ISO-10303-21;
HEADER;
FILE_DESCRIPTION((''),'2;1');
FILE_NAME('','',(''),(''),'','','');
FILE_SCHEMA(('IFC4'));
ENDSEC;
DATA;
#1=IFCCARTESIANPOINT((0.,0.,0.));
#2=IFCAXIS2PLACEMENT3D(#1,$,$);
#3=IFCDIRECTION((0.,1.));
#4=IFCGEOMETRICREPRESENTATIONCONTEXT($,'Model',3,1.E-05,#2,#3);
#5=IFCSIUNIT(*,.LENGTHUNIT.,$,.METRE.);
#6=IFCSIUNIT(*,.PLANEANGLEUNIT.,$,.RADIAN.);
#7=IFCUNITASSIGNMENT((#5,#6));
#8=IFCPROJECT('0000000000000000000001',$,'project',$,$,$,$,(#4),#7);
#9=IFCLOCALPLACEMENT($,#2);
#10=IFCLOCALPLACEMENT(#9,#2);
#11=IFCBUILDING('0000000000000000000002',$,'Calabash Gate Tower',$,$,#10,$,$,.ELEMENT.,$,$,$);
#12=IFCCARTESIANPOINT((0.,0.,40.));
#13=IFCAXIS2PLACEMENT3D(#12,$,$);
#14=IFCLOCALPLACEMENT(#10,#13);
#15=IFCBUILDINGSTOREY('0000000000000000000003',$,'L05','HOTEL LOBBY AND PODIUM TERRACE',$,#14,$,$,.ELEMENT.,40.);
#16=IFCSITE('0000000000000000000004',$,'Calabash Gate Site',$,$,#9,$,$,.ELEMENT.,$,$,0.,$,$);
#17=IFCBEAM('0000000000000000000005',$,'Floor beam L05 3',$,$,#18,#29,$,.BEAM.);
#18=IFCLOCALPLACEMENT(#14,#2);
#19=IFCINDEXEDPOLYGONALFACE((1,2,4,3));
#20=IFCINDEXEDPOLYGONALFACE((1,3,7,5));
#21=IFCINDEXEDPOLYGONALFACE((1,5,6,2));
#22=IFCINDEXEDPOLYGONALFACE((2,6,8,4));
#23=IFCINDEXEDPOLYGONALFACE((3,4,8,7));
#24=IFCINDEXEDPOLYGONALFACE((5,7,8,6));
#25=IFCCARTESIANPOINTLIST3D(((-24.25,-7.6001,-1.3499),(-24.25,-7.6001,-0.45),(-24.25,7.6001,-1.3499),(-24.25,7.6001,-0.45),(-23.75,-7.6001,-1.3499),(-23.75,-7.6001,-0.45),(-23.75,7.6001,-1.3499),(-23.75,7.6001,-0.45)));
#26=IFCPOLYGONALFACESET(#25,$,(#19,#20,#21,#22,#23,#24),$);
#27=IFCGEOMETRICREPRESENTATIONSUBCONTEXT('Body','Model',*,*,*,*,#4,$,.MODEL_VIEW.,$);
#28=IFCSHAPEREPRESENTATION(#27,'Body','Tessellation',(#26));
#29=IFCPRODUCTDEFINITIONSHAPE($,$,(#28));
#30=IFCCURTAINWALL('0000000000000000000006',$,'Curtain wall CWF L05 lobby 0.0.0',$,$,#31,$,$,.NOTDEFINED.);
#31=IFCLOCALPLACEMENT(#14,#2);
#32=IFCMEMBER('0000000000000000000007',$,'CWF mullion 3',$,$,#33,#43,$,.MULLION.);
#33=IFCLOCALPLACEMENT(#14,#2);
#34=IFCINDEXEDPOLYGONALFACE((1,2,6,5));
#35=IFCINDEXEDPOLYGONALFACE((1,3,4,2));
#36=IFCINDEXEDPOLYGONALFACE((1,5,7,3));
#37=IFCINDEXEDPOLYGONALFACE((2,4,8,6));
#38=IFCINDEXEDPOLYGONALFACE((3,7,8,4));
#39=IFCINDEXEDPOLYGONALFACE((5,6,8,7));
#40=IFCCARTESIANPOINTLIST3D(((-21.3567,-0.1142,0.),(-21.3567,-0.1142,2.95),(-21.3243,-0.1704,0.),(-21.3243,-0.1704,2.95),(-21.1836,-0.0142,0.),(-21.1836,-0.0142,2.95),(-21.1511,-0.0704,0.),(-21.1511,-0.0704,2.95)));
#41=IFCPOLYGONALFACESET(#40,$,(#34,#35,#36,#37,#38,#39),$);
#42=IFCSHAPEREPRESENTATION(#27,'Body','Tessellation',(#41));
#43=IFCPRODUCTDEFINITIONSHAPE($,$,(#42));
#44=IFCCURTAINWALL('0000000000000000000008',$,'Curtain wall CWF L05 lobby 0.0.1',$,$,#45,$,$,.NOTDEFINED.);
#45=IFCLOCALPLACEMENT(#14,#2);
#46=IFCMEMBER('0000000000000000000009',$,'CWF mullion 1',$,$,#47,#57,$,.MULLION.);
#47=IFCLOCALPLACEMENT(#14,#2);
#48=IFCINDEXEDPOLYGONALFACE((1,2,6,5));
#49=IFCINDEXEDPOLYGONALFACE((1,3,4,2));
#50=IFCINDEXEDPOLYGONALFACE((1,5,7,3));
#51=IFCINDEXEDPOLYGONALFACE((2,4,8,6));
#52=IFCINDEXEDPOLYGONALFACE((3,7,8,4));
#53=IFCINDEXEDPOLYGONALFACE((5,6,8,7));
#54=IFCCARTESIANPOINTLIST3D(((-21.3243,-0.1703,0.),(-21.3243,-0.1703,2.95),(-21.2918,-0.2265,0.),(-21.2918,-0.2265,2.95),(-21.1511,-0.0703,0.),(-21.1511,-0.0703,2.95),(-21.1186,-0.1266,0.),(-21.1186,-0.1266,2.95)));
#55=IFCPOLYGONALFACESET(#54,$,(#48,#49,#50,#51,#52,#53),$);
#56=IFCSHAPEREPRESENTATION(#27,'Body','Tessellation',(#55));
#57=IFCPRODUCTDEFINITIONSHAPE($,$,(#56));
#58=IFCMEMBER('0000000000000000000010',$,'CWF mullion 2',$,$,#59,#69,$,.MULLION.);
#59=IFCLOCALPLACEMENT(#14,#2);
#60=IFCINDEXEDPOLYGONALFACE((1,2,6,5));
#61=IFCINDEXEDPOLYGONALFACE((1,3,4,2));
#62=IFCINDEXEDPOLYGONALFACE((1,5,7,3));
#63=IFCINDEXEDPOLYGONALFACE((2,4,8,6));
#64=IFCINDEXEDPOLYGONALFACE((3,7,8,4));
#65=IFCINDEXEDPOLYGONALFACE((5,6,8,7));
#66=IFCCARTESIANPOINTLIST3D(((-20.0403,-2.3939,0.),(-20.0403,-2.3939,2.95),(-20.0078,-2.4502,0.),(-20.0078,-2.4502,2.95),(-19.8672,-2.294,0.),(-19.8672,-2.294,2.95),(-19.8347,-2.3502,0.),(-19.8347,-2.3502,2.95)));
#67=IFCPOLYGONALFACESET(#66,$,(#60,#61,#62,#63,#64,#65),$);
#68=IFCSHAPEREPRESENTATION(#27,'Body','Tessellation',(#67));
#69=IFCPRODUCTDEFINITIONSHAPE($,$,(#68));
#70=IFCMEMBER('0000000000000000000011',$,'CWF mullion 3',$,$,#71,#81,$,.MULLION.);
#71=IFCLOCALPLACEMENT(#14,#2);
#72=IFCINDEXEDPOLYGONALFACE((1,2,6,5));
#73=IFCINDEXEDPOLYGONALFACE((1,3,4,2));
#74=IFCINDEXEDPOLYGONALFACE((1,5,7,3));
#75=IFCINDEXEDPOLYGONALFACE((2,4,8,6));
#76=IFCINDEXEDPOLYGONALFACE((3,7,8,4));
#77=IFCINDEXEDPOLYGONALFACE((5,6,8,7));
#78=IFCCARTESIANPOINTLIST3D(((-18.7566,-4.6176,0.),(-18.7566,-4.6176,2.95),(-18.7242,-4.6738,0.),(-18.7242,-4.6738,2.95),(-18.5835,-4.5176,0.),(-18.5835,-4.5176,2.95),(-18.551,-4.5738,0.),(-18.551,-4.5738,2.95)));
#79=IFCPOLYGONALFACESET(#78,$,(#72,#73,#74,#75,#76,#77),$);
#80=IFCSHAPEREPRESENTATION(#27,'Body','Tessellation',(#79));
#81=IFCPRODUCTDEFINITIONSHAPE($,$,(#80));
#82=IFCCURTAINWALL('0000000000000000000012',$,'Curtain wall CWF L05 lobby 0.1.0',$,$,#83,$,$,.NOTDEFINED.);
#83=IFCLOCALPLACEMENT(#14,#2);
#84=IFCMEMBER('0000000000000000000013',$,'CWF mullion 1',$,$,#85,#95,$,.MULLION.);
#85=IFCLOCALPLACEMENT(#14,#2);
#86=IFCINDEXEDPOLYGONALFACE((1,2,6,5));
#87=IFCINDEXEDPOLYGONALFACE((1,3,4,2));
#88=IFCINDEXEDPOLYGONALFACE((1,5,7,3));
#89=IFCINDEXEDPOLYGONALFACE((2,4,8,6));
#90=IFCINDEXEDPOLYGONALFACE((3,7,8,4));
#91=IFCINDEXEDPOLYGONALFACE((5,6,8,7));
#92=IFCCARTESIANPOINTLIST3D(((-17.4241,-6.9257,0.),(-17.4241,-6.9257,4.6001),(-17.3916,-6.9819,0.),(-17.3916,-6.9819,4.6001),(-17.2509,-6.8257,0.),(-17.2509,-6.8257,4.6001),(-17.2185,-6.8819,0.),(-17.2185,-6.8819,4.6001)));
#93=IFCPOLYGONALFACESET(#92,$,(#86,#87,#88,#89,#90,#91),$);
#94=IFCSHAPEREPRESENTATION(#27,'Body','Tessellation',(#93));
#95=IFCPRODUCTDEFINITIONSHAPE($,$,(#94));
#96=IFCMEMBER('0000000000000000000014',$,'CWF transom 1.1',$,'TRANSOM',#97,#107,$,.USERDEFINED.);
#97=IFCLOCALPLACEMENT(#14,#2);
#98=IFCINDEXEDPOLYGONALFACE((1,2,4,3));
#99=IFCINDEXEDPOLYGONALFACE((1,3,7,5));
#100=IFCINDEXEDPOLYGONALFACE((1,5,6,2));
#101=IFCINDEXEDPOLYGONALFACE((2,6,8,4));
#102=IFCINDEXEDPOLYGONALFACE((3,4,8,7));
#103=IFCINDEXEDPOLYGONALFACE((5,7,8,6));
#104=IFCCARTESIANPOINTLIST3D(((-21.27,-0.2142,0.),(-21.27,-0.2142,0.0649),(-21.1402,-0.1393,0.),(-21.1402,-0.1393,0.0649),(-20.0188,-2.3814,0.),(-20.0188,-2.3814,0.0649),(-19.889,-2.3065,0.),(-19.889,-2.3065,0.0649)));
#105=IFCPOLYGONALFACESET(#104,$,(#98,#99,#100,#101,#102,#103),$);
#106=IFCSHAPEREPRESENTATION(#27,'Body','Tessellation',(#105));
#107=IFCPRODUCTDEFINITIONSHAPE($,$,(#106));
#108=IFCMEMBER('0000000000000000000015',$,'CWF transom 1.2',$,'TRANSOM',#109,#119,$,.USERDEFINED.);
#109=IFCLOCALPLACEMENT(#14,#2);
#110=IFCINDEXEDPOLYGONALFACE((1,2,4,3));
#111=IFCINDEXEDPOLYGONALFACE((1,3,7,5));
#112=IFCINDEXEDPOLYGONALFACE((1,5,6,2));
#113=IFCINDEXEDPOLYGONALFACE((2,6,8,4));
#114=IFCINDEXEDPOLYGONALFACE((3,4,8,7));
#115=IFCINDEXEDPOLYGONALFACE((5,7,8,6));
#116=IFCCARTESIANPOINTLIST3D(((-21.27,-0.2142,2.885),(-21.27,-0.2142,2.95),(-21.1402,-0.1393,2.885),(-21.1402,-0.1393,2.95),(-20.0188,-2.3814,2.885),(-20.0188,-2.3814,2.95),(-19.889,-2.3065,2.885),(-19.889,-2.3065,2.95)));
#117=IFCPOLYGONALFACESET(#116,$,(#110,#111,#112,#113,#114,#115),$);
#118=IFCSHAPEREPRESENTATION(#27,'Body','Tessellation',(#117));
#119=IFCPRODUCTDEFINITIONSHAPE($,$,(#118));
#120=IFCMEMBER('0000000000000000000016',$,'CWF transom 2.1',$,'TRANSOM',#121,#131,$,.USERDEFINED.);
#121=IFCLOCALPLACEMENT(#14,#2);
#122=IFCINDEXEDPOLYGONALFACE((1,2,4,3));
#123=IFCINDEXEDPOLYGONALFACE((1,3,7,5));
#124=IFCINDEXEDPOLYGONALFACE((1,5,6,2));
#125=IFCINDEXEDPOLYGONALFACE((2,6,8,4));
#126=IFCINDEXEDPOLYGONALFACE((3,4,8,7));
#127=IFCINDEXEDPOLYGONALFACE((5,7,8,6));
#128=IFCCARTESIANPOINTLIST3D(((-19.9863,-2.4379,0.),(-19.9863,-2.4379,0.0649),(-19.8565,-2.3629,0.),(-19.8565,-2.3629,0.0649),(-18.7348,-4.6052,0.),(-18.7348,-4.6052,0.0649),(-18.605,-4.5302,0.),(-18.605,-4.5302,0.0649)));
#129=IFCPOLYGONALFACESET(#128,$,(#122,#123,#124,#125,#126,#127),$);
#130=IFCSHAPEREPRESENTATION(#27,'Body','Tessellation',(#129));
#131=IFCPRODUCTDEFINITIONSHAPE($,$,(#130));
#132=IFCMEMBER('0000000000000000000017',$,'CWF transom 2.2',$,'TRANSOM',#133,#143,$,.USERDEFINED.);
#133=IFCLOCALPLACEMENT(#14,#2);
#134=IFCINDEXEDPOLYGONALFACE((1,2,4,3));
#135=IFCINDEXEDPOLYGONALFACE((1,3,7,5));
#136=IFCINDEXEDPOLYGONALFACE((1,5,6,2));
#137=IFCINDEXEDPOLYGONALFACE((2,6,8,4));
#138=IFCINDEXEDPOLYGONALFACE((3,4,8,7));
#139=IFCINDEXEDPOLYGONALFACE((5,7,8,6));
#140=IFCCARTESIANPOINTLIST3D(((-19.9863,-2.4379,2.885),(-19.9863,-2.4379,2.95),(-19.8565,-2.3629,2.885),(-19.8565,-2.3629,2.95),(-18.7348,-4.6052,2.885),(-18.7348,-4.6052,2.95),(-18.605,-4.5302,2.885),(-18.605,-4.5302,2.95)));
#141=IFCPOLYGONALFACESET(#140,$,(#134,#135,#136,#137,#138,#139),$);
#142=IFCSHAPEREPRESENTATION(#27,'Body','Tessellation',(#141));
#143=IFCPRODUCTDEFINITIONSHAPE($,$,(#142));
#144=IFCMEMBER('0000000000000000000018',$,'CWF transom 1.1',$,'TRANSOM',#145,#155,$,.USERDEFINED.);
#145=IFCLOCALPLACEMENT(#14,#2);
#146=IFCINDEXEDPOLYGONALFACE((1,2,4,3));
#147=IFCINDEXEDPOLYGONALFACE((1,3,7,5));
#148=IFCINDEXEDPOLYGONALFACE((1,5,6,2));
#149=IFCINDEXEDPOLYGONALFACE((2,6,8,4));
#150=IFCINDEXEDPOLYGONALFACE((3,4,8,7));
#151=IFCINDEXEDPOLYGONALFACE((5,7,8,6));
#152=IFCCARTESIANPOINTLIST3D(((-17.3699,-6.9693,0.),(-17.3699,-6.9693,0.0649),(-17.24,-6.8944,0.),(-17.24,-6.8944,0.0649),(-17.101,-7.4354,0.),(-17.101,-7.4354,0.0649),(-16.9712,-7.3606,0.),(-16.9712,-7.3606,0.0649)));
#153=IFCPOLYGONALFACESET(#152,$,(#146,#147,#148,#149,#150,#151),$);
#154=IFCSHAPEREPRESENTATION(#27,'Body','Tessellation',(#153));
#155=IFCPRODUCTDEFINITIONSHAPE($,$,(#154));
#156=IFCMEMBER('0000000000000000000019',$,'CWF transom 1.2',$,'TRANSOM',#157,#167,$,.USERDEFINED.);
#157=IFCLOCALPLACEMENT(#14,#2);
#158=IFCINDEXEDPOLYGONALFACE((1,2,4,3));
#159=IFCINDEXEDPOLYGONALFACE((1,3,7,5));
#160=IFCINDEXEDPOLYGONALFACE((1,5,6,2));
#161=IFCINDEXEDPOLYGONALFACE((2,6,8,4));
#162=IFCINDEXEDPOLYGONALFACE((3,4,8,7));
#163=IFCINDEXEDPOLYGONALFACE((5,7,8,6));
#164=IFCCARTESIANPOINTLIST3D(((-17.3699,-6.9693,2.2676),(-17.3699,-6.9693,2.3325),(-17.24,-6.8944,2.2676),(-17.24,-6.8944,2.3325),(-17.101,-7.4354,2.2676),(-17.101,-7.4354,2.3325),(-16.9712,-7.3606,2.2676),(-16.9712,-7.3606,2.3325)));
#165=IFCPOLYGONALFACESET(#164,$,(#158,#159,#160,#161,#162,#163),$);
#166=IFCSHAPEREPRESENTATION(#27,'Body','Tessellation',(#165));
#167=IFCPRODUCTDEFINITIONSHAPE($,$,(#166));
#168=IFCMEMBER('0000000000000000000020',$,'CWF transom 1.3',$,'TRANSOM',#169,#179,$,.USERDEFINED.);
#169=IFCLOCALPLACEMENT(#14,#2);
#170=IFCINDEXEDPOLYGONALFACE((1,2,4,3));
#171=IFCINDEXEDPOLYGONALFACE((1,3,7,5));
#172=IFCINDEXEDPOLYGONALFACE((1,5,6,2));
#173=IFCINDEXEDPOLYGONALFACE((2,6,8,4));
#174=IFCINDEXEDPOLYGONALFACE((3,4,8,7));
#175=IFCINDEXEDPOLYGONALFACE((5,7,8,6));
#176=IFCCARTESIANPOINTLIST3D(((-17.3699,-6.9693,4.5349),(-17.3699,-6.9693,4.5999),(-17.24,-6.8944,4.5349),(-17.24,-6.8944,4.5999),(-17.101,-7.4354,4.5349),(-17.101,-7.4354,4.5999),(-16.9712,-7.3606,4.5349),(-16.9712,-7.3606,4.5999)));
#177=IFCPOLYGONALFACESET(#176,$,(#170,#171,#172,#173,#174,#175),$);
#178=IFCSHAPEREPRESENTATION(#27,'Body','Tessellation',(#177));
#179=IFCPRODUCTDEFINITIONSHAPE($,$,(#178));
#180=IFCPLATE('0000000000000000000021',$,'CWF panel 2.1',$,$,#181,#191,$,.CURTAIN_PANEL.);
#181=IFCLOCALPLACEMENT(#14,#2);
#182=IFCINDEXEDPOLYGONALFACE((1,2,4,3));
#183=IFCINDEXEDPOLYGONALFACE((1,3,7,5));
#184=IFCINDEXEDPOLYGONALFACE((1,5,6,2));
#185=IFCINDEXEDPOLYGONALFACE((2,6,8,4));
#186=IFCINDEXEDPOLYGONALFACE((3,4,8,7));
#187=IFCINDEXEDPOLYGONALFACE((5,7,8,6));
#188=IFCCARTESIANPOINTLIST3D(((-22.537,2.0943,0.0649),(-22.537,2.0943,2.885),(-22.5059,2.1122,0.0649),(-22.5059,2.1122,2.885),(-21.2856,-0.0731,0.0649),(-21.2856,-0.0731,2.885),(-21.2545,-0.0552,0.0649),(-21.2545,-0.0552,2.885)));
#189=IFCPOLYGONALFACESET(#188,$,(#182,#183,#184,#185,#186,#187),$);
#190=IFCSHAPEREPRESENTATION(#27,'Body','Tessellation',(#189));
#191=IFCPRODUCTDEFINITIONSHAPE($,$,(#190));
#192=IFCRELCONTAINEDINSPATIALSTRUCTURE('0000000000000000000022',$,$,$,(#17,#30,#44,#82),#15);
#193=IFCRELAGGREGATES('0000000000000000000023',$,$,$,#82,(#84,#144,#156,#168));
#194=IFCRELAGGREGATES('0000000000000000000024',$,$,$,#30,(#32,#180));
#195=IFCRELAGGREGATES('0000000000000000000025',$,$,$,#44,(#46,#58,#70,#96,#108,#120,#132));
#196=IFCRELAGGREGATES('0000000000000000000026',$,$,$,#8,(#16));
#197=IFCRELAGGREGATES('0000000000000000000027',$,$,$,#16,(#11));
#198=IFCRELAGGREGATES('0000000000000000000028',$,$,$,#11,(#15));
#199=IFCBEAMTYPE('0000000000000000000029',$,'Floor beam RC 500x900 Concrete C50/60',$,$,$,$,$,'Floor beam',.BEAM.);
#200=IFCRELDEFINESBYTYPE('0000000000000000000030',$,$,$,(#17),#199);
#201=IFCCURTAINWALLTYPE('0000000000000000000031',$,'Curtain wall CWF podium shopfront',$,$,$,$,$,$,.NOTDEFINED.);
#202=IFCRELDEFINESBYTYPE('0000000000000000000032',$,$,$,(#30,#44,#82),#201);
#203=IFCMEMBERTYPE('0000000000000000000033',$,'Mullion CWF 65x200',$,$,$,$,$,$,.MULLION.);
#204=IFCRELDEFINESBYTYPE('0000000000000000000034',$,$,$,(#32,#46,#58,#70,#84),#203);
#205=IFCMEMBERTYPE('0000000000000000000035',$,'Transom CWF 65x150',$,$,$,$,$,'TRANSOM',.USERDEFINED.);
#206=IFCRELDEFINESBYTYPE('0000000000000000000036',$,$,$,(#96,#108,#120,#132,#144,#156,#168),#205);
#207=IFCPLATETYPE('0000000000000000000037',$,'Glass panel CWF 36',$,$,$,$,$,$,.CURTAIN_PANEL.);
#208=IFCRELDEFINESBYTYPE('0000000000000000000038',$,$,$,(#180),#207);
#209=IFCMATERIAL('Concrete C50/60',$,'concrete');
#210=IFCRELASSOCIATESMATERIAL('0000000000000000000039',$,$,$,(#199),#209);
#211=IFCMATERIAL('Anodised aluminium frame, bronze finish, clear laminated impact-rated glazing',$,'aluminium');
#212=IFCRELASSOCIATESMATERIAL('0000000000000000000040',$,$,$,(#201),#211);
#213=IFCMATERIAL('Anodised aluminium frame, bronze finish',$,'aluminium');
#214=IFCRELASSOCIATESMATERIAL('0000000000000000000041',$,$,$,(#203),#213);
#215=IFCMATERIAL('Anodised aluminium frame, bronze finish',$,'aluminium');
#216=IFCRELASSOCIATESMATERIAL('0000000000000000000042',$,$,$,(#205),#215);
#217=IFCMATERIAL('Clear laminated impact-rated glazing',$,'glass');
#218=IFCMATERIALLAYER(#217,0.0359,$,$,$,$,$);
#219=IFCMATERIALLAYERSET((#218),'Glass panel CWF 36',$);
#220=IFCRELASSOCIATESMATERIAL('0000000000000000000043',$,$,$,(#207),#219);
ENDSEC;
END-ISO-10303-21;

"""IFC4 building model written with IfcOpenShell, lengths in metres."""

from ifc_helpers import new_model, si_unit, direction, frame, origin, origin_2d, place, context, subcontext, project, spatial, rectangle, extrude, material, layer, layer_set, material_profile, profile_set, type_object, element, aggregate, save


model = new_model("IFC4")

# Units and contexts
model_context = context("Model", 3, precision=1e-05, world=origin(), true_north=direction((0.0, 1.0)))
body_context = subcontext(model_context, "Body", "Model", "MODEL_VIEW")
ifc_project = project(units=[si_unit("LENGTHUNIT", "METRE"), si_unit("PLANEANGLEUNIT", "RADIAN")], contexts=[model_context])

# Site, building, storey
site_placement = place(None, origin())
site = spatial("IfcSite", under=ifc_project, at=site_placement, Name="Calabash Gate Site", CompositionType="ELEMENT", RefElevation=0.0)
building_placement = place(site_placement, origin())
building = spatial("IfcBuilding", under=site, at=building_placement, Name="Calabash Gate Tower", CompositionType="ELEMENT")
storey_placement = place(building_placement, frame((0.0, 0.0, 40.0)))
storey = spatial("IfcBuildingStorey", under=building, at=storey_placement, Name="L05", Description="HOTEL LOBBY AND PODIUM TERRACE", CompositionType="ELEMENT", Elevation=40.0)

# Beam
ifc_material_1 = material(Name="Concrete C50/60", Category="concrete")
ifc_material_profile_1 = material_profile(ifc_material_1, rectangle(XDim=0.5, YDim=0.8999, at=origin_2d()))
ifc_profile_set_1 = profile_set([ifc_material_profile_1], Name="Concrete C50/60")
beam_type = type_object("IfcBeamType", Name="Floor beam RC 500x900 Concrete C50/60", ElementType="Floor beam", PredefinedType="BEAM", material=ifc_profile_set_1)
beam_placement = place(storey_placement, frame((-24.0, -7.6001, -0.8999), z_axis=(0.0, 1.0, 0.0), x_axis=(-1.0, 0.0, 0.0)))
element("IfcBeam", 1, at=beam_placement, inside=storey, type_object=beam_type, Name="Floor beam L05 3", PredefinedType="BEAM", context=body_context, shape_type="SweptSolid", body=[
    extrude(rectangle(XDim=0.5, YDim=0.8999, at=origin_2d()), origin(), (0.0, 0.0, 1.0), 15.2002),
])

# Curtain wall, member
ifc_material_2 = material(Name="Anodised aluminium frame, bronze finish, clear laminated impact-rated glazing", Category="aluminium")
curtain_wall_type = type_object("IfcCurtainWallType", Name="Curtain wall CWF podium shopfront", PredefinedType="NOTDEFINED", material=ifc_material_2)
curtain_wall_1_placement = place(storey_placement, origin())
curtain_wall_1 = element("IfcCurtainWall", 2, at=curtain_wall_1_placement, inside=storey, type_object=curtain_wall_type, Name="Curtain wall CWF L05 lobby 0.0.0", PredefinedType="NOTDEFINED")
ifc_material_3 = material(Name="Anodised aluminium frame, bronze finish", Category="aluminium")
ifc_material_profile_2 = material_profile(ifc_material_3, rectangle(XDim=0.2, YDim=0.0649, at=origin_2d()))
ifc_profile_set_2 = profile_set([ifc_material_profile_2], Name="Anodised aluminium frame, bronze finish")
member_type_1 = type_object("IfcMemberType", Name="Mullion CWF 65x200", PredefinedType="MULLION", material=ifc_profile_set_2)
member_1_placement = place(storey_placement, frame((-21.2539, -0.0923, 0.0), z_axis=(0.0, 0.0, 1.0), x_axis=(0.866025, 0.5, 0.0)))
member_1 = element("IfcMember", 3, at=member_1_placement, type_object=member_type_1, Name="CWF mullion 3", PredefinedType="MULLION", context=body_context, shape_type="SweptSolid", body=[
    extrude(rectangle(XDim=0.2, YDim=0.0649, at=origin_2d()), origin(), (0.0, 0.0, 1.0), 2.95),
])

# Curtain wall, members
curtain_wall_2_placement = place(storey_placement, origin())
curtain_wall_2 = element("IfcCurtainWall", 4, at=curtain_wall_2_placement, inside=storey, type_object=curtain_wall_type, Name="Curtain wall CWF L05 lobby 0.0.1", PredefinedType="NOTDEFINED")
member_2_placement = place(storey_placement, frame((-21.2214, -0.1484, 0.0), z_axis=(0.0, 0.0, 1.0), x_axis=(0.866025, 0.5, 0.0)))
member_2 = element("IfcMember", 5, at=member_2_placement, type_object=member_type_1, Name="CWF mullion 1", PredefinedType="MULLION", context=body_context, shape_type="SweptSolid", body=[
    extrude(rectangle(XDim=0.2, YDim=0.0649, at=origin_2d()), origin(), (0.0, 0.0, 1.0), 2.95),
])
member_3_placement = place(storey_placement, frame((-19.9375, -2.3721, 0.0), z_axis=(0.0, 0.0, 1.0), x_axis=(0.866025, 0.5, 0.0)))
member_3 = element("IfcMember", 6, at=member_3_placement, type_object=member_type_1, Name="CWF mullion 2", PredefinedType="MULLION", context=body_context, shape_type="SweptSolid", body=[
    extrude(rectangle(XDim=0.2, YDim=0.0649, at=origin_2d()), origin(), (0.0, 0.0, 1.0), 2.95),
])
member_4_placement = place(storey_placement, frame((-18.6538, -4.5957, 0.0), z_axis=(0.0, 0.0, 1.0), x_axis=(0.866025, 0.5, 0.0)))
member_4 = element("IfcMember", 7, at=member_4_placement, type_object=member_type_1, Name="CWF mullion 3", PredefinedType="MULLION", context=body_context, shape_type="SweptSolid", body=[
    extrude(rectangle(XDim=0.2, YDim=0.0649, at=origin_2d()), origin(), (0.0, 0.0, 1.0), 2.95),
])

# Curtain wall, member
curtain_wall_3_placement = place(storey_placement, origin())
curtain_wall_3 = element("IfcCurtainWall", 8, at=curtain_wall_3_placement, inside=storey, type_object=curtain_wall_type, Name="Curtain wall CWF L05 lobby 0.1.0", PredefinedType="NOTDEFINED")
member_5_placement = place(storey_placement, frame((-17.3213, -6.9038, 0.0), z_axis=(0.0, 0.0, 1.0), x_axis=(0.866025, 0.5, 0.0)))
member_5 = element("IfcMember", 9, at=member_5_placement, type_object=member_type_1, Name="CWF mullion 1", PredefinedType="MULLION", context=body_context, shape_type="SweptSolid", body=[
    extrude(rectangle(XDim=0.2, YDim=0.0649, at=origin_2d()), origin(), (0.0, 0.0, 1.0), 4.6001),
])

# Members
ifc_material_4 = material(Name="Anodised aluminium frame, bronze finish", Category="aluminium")
ifc_material_profile_3 = material_profile(ifc_material_4, rectangle(XDim=0.1499, YDim=0.0649, at=origin_2d()))
ifc_profile_set_3 = profile_set([ifc_material_profile_3], Name="Anodised aluminium frame, bronze finish")
member_type_2 = type_object("IfcMemberType", Name="Transom CWF 65x150", ElementType="TRANSOM", PredefinedType="USERDEFINED", material=ifc_profile_set_3)
member_6_placement = place(storey_placement, frame((-21.2051, -0.1768, 0.0325), z_axis=(0.49999, -0.866031, 0.0), x_axis=(0.866031, 0.49999, 0.0)))
member_6 = element("IfcMember", 10, at=member_6_placement, type_object=member_type_2, Name="CWF transom 1.1", ObjectType="TRANSOM", PredefinedType="USERDEFINED", context=body_context, shape_type="SweptSolid", body=[
    extrude(rectangle(XDim=0.1499, YDim=0.0649, at=origin_2d()), origin(), (0.0, 0.0, 1.0), 2.5024),
])
member_7_placement = place(storey_placement, frame((-21.2051, -0.1768, 2.9175), z_axis=(0.49999, -0.866031, 0.0), x_axis=(0.866031, 0.49999, 0.0)))
member_7 = element("IfcMember", 11, at=member_7_placement, type_object=member_type_2, Name="CWF transom 1.2", ObjectType="TRANSOM", PredefinedType="USERDEFINED", context=body_context, shape_type="SweptSolid", body=[
    extrude(rectangle(XDim=0.1499, YDim=0.0649, at=origin_2d()), origin(), (0.0, 0.0, 1.0), 2.5024),
])
member_8_placement = place(storey_placement, frame((-19.9214, -2.4004, 0.0325), z_axis=(0.500063, -0.865989, 0.0), x_axis=(0.865989, 0.500063, 0.0)))
member_8 = element("IfcMember", 12, at=member_8_placement, type_object=member_type_2, Name="CWF transom 2.1", ObjectType="TRANSOM", PredefinedType="USERDEFINED", context=body_context, shape_type="SweptSolid", body=[
    extrude(rectangle(XDim=0.1499, YDim=0.0649, at=origin_2d()), origin(), (0.0, 0.0, 1.0), 2.5027),
])
member_9_placement = place(storey_placement, frame((-19.9214, -2.4004, 2.9175), z_axis=(0.500063, -0.865989, 0.0), x_axis=(0.865989, 0.500063, 0.0)))
member_9 = element("IfcMember", 13, at=member_9_placement, type_object=member_type_2, Name="CWF transom 2.2", ObjectType="TRANSOM", PredefinedType="USERDEFINED", context=body_context, shape_type="SweptSolid", body=[
    extrude(rectangle(XDim=0.1499, YDim=0.0649, at=origin_2d()), origin(), (0.0, 0.0, 1.0), 2.5027),
])
member_10_placement = place(storey_placement, frame((-17.3049, -6.9319, 0.0325), z_axis=(0.499605, -0.866254, 0.0), x_axis=(0.866254, 0.499605, 0.0)))
member_10 = element("IfcMember", 14, at=member_10_placement, type_object=member_type_2, Name="CWF transom 1.1", ObjectType="TRANSOM", PredefinedType="USERDEFINED", context=body_context, shape_type="SweptSolid", body=[
    extrude(rectangle(XDim=0.1499, YDim=0.0649, at=origin_2d()), origin(), (0.0, 0.0, 1.0), 0.5381),
])
member_11_placement = place(storey_placement, frame((-17.3049, -6.9319, 2.3), z_axis=(0.499605, -0.866254, 0.0), x_axis=(0.866254, 0.499605, 0.0)))
member_11 = element("IfcMember", 15, at=member_11_placement, type_object=member_type_2, Name="CWF transom 1.2", ObjectType="TRANSOM", PredefinedType="USERDEFINED", context=body_context, shape_type="SweptSolid", body=[
    extrude(rectangle(XDim=0.1499, YDim=0.0649, at=origin_2d()), origin(), (0.0, 0.0, 1.0), 0.5381),
])
member_12_placement = place(storey_placement, frame((-17.3049, -6.9319, 4.5674), z_axis=(0.499605, -0.866254, 0.0), x_axis=(0.866254, 0.499605, 0.0)))
member_12 = element("IfcMember", 16, at=member_12_placement, type_object=member_type_2, Name="CWF transom 1.3", ObjectType="TRANSOM", PredefinedType="USERDEFINED", context=body_context, shape_type="SweptSolid", body=[
    extrude(rectangle(XDim=0.1499, YDim=0.0649, at=origin_2d()), origin(), (0.0, 0.0, 1.0), 0.5381),
])
aggregate(curtain_wall_3, [member_5, member_10, member_11, member_12])

# Plate
ifc_material_5 = material(Name="Clear laminated impact-rated glazing", Category="glass")
ifc_layer_1 = layer(ifc_material_5, 0.0359)
ifc_layer_set_1 = layer_set([ifc_layer_1], Name="Glass panel CWF 36")
plate_type = type_object("IfcPlateType", Name="Glass panel CWF 36", PredefinedType="CURTAIN_PANEL", material=ifc_layer_set_1)
plate_1_placement = place(storey_placement, frame((-21.8958, 1.0195, 0.0649), z_axis=(0.0, 0.0, 1.0), x_axis=(0.5, -0.866025, 0.0)))
plate_1 = element("IfcPlate", 17, at=plate_1_placement, type_object=plate_type, Name="CWF panel 2.1", PredefinedType="CURTAIN_PANEL", context=body_context, shape_type="SweptSolid", body=[
    extrude(rectangle(XDim=2.5027, YDim=0.0359, at=origin_2d()), origin(), (0.0, 0.0, 1.0), 2.8201),
])
aggregate(curtain_wall_1, [member_1, plate_1])
aggregate(curtain_wall_2, [member_2, member_3, member_4, member_6, member_7, member_8, member_9])

save(model, "model.ifc")
